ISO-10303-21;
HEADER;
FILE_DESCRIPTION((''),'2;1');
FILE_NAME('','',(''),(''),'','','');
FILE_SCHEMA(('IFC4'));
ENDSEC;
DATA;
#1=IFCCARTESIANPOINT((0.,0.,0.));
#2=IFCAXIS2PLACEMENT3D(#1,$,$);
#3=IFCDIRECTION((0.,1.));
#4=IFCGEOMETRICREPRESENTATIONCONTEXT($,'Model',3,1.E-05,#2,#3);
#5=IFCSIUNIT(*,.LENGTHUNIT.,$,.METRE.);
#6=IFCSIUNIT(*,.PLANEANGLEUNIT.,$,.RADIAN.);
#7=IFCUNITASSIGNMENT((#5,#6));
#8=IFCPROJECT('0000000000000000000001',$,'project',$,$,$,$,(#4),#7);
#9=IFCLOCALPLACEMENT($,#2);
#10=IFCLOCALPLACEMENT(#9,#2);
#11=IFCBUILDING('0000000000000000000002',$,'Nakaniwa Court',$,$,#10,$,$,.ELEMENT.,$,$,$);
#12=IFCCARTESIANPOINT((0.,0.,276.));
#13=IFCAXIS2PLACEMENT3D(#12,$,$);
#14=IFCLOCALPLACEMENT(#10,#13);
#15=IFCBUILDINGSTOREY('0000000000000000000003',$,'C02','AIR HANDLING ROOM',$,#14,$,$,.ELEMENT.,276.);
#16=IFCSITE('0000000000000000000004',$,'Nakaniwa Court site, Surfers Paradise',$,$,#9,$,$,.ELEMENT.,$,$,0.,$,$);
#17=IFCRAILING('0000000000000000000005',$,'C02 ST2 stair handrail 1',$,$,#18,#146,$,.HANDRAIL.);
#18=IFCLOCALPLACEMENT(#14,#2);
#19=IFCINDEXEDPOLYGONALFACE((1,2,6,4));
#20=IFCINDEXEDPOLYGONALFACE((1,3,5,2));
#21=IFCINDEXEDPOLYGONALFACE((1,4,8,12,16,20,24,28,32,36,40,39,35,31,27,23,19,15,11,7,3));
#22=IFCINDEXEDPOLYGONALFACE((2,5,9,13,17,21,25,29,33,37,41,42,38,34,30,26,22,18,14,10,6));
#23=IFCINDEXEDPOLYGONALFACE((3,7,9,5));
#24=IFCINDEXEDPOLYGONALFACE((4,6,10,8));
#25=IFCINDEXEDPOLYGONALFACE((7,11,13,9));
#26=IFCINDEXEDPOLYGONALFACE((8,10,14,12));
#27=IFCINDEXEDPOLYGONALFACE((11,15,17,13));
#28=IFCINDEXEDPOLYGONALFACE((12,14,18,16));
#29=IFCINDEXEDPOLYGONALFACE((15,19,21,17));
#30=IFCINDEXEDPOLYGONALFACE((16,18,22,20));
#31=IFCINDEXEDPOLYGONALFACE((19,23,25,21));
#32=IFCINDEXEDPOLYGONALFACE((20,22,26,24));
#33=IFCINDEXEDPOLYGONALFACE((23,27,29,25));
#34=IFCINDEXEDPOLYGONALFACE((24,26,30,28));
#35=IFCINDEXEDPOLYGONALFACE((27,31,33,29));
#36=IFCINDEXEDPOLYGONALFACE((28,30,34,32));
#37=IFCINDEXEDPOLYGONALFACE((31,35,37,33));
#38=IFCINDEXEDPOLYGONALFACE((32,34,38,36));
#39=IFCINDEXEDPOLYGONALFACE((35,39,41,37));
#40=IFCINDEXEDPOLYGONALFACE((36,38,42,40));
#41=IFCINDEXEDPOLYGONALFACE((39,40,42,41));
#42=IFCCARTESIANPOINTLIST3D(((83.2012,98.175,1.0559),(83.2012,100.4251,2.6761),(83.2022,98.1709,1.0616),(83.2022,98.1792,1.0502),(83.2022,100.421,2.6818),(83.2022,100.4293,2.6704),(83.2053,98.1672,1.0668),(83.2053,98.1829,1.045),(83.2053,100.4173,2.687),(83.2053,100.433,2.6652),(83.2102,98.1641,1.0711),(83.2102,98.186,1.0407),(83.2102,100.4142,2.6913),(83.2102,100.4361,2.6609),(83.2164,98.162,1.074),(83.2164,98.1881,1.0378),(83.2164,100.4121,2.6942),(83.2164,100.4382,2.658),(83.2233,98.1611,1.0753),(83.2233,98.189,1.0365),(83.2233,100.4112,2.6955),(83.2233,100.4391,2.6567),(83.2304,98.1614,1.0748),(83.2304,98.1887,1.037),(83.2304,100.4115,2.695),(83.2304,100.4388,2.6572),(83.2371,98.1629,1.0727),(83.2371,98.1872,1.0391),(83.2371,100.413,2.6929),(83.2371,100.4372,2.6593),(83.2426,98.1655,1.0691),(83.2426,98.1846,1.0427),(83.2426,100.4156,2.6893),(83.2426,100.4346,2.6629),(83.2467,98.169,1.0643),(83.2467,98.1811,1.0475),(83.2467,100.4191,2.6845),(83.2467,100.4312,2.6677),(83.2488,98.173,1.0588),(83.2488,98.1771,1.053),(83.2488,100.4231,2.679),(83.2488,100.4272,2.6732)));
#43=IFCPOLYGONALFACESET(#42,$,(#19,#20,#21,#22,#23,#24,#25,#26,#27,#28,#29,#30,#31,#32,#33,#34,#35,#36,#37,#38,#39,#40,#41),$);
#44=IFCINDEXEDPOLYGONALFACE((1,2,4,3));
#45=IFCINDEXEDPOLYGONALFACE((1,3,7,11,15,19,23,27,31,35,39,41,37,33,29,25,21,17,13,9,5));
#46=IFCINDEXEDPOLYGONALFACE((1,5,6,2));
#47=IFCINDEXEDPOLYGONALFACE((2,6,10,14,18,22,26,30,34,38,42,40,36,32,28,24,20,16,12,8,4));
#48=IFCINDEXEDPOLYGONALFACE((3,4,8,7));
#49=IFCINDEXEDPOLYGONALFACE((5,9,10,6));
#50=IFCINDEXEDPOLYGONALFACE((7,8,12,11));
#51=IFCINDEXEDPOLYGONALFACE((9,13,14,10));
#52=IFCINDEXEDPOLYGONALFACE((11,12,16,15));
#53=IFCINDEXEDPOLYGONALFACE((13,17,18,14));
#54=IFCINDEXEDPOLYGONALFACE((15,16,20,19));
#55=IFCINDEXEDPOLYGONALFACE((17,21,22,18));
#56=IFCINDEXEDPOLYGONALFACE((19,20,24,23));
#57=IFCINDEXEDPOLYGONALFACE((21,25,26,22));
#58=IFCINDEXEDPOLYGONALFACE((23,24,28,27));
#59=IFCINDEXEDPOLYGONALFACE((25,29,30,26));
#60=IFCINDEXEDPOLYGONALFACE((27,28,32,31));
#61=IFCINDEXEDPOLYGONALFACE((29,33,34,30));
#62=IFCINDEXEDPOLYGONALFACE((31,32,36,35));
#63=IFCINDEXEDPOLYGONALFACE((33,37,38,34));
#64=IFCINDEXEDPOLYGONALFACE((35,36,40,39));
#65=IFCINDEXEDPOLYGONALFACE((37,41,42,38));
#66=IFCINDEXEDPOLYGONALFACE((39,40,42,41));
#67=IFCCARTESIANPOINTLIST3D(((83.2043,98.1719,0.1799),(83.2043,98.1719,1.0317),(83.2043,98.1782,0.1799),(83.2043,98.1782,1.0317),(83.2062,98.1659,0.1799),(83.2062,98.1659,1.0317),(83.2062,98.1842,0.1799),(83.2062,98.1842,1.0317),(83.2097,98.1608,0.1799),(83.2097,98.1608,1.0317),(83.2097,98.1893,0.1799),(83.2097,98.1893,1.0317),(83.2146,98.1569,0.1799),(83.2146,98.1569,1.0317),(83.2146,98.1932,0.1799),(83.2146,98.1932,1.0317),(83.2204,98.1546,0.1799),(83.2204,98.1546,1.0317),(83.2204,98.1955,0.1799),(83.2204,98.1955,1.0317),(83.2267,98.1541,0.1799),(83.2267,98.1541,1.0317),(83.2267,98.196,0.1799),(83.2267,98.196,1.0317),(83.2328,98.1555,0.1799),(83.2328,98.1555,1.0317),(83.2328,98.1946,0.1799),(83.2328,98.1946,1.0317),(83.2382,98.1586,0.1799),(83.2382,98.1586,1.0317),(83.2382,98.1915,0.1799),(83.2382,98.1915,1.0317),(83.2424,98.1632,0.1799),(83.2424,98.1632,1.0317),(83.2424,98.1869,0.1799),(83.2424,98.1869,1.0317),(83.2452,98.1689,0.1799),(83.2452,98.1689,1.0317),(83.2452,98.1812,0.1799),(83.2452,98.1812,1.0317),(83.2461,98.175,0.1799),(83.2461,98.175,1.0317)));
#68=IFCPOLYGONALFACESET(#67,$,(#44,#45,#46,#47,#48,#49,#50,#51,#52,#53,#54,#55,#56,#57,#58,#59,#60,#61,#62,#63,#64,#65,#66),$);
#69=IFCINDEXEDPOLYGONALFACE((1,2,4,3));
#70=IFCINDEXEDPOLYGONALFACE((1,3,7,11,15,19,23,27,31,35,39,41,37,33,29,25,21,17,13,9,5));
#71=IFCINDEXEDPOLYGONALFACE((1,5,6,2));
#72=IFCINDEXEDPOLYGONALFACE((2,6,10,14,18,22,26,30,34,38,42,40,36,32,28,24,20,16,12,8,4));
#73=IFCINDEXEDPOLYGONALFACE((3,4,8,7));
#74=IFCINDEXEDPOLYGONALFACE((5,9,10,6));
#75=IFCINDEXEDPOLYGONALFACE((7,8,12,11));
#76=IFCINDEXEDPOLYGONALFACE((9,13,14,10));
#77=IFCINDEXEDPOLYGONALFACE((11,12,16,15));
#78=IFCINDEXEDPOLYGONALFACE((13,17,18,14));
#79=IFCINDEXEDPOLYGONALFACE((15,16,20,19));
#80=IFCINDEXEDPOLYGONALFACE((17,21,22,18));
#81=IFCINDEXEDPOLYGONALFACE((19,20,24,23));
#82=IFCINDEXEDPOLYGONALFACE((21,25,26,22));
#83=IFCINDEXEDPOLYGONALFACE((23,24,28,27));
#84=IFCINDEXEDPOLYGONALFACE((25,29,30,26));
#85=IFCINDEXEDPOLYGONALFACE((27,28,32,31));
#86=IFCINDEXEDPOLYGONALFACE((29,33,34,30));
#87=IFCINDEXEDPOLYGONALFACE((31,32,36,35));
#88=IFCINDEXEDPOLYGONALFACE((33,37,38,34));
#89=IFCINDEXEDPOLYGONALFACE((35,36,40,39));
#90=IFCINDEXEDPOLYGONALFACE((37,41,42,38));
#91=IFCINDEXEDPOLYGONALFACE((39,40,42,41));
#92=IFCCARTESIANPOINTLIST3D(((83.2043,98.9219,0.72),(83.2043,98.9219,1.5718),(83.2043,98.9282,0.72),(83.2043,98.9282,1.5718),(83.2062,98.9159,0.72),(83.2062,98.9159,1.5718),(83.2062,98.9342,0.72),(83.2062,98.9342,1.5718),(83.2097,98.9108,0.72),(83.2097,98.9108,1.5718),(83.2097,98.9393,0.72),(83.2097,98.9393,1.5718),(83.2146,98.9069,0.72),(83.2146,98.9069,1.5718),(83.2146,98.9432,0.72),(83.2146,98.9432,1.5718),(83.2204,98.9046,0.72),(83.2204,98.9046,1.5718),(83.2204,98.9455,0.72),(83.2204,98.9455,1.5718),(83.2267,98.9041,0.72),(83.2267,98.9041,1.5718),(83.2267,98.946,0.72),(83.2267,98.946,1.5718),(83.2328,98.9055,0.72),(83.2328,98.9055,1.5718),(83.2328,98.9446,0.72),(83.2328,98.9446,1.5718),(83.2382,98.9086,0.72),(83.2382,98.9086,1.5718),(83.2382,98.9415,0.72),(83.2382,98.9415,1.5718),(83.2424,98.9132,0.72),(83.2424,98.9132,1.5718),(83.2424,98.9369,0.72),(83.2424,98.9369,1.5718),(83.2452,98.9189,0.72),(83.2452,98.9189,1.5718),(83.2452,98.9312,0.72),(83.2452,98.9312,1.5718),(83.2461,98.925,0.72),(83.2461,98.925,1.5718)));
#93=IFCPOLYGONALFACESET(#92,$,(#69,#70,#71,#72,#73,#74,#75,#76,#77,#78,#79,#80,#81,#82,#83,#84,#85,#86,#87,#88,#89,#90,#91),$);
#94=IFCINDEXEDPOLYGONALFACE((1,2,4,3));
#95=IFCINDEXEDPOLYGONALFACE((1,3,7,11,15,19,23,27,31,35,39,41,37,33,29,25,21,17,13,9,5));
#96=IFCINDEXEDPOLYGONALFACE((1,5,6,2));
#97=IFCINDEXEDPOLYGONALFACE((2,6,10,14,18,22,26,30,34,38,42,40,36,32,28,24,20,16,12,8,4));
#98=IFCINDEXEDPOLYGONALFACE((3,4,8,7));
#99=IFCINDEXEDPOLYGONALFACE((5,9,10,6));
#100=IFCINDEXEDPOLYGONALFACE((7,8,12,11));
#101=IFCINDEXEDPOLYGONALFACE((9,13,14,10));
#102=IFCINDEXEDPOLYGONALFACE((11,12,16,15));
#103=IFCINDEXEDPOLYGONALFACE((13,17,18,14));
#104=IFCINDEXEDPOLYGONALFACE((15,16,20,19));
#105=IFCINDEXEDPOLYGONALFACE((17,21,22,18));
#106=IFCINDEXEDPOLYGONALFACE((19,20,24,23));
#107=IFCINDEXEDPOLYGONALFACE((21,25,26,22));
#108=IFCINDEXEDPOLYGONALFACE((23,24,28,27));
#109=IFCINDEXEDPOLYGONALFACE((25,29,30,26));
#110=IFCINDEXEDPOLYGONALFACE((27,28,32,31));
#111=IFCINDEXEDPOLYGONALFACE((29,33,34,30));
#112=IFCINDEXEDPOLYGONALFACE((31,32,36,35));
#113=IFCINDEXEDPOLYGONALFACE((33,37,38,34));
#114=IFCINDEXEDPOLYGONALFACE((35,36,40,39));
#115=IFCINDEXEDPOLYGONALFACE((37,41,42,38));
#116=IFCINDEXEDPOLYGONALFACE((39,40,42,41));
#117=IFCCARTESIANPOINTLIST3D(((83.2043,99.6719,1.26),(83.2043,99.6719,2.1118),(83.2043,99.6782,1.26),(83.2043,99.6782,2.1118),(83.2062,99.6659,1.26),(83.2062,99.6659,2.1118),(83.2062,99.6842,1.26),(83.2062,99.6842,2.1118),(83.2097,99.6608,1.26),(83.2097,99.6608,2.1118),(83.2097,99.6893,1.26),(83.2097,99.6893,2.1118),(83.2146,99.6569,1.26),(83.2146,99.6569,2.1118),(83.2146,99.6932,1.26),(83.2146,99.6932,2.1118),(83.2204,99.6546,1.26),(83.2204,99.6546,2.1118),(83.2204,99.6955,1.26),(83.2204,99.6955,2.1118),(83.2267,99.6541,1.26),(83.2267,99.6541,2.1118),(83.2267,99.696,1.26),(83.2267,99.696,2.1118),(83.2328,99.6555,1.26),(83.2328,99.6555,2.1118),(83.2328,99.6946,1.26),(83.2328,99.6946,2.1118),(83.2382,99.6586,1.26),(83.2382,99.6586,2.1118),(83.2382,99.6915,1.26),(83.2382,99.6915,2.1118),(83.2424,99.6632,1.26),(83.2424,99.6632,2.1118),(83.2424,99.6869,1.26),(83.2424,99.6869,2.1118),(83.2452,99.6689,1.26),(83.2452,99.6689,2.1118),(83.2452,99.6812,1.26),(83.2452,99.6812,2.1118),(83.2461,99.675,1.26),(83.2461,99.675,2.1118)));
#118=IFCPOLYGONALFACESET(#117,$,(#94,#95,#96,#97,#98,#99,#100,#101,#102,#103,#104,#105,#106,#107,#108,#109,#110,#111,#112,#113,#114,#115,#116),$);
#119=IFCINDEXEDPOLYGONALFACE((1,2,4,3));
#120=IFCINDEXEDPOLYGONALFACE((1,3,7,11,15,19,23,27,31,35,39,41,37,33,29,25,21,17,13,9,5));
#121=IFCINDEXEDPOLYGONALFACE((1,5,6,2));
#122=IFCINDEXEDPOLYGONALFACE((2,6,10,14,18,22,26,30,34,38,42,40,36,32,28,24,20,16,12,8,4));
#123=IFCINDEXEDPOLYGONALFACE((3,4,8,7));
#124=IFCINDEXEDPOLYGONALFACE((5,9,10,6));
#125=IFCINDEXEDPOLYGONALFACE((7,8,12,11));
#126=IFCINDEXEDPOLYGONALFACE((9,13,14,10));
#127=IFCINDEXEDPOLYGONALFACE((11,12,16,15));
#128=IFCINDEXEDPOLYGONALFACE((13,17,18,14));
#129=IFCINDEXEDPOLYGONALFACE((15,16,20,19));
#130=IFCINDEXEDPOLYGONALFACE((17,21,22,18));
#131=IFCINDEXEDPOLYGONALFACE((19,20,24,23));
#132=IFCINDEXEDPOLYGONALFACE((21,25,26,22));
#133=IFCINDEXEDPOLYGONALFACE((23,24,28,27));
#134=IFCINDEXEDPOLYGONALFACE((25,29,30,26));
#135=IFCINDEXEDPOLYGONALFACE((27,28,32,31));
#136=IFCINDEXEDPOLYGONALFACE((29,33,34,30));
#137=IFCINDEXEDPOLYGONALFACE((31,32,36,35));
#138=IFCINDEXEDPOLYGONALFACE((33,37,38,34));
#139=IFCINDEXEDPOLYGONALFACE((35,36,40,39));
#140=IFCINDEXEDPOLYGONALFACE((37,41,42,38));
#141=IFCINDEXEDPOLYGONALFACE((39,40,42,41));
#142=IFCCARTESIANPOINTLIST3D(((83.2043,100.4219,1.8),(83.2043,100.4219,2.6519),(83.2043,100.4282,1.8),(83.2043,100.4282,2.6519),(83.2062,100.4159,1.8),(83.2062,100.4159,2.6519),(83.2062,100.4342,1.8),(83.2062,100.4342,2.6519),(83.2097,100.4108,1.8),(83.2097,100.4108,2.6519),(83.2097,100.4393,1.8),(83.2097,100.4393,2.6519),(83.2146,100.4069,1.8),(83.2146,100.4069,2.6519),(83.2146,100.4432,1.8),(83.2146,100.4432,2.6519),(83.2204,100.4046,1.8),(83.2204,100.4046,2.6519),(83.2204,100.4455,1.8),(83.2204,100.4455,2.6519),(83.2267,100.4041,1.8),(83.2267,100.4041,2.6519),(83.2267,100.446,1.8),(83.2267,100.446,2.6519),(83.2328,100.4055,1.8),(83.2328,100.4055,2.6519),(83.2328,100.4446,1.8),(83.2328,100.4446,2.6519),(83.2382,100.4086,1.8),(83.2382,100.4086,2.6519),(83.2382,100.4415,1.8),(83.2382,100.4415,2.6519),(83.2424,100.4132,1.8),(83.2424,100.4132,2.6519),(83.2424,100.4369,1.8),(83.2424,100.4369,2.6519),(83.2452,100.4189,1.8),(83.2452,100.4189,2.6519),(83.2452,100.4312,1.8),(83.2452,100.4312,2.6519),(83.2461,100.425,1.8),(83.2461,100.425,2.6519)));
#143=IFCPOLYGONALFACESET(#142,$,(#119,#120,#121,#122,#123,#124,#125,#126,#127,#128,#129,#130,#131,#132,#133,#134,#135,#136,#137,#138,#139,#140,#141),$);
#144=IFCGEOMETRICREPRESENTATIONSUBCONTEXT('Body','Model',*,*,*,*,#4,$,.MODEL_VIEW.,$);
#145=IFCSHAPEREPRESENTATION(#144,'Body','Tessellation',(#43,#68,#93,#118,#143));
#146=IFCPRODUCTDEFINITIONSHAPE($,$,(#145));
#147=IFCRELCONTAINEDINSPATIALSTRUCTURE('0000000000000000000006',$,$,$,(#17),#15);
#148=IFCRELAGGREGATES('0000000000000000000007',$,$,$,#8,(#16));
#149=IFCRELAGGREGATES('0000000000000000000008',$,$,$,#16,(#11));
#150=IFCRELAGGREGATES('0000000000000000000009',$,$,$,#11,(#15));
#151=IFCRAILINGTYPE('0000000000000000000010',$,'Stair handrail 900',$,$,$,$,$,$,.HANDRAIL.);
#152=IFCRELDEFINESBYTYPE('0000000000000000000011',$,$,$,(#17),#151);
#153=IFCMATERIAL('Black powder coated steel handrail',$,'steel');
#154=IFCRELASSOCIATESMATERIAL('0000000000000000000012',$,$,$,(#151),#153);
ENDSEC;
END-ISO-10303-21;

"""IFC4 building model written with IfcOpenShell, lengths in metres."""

from ifc_helpers import new_model, si_unit, direction, frame, origin, origin_2d, place, context, subcontext, project, spatial, circle, extrude, material, type_object, element, save


model = new_model("IFC4")

# Units and contexts
model_context = context("Model", 3, precision=1e-05, world=origin(), true_north=direction((0.0, 1.0)))
body_context = subcontext(model_context, "Body", "Model", "MODEL_VIEW")
ifc_project = project(units=[si_unit("LENGTHUNIT", "METRE"), si_unit("PLANEANGLEUNIT", "RADIAN")], contexts=[model_context])

# Site, building, storey
site_placement = place(None, origin())
site = spatial("IfcSite", under=ifc_project, at=site_placement, Name="Nakaniwa Court site, Surfers Paradise", CompositionType="ELEMENT", RefElevation=0.0)
building_placement = place(site_placement, origin())
building = spatial("IfcBuilding", under=site, at=building_placement, Name="Nakaniwa Court", CompositionType="ELEMENT")
storey_placement = place(building_placement, frame((0.0, 0.0, 276.0)))
storey = spatial("IfcBuildingStorey", under=building, at=storey_placement, Name="C02", Description="AIR HANDLING ROOM", CompositionType="ELEMENT", Elevation=276.0)

# Railing
ifc_material_1 = material(Name="Black powder coated steel handrail", Category="steel")
railing_type_1 = type_object("IfcRailingType", Name="Stair handrail 900", PredefinedType="HANDRAIL", material=ifc_material_1)
railing_1_placement = place(storey_placement, frame((83.2251, 98.175, 0.1799)))
element("IfcRailing", 1, at=railing_1_placement, inside=storey, type_object=railing_type_1, Name="C02 ST2 stair handrail 1", PredefinedType="HANDRAIL", context=body_context, shape_type="SweptSolid", body=[
    extrude(circle(Radius=0.0239, at=origin_2d()), frame((0.0, 0.0, 0.876), z_axis=(0.0, 0.811514, 0.584333), x_axis=(-1.0, 0.0, 0.0)), (0.0, 0.0, 1.0), 2.7727),
    extrude(circle(Radius=0.021, at=origin_2d()), origin(), (0.0, 0.0, 1.0), 0.8518),
    extrude(circle(Radius=0.021, at=origin_2d()), frame((0.0, 0.75, 0.54)), (0.0, 0.0, 1.0), 0.8518),
    extrude(circle(Radius=0.021, at=origin_2d()), frame((0.0, 1.5, 1.0801)), (0.0, 0.0, 1.0), 0.8518),
    extrude(circle(Radius=0.021, at=origin_2d()), frame((0.0, 2.25, 1.6201)), (0.0, 0.0, 1.0), 0.8518),
])

save(model, "model.ifc")
